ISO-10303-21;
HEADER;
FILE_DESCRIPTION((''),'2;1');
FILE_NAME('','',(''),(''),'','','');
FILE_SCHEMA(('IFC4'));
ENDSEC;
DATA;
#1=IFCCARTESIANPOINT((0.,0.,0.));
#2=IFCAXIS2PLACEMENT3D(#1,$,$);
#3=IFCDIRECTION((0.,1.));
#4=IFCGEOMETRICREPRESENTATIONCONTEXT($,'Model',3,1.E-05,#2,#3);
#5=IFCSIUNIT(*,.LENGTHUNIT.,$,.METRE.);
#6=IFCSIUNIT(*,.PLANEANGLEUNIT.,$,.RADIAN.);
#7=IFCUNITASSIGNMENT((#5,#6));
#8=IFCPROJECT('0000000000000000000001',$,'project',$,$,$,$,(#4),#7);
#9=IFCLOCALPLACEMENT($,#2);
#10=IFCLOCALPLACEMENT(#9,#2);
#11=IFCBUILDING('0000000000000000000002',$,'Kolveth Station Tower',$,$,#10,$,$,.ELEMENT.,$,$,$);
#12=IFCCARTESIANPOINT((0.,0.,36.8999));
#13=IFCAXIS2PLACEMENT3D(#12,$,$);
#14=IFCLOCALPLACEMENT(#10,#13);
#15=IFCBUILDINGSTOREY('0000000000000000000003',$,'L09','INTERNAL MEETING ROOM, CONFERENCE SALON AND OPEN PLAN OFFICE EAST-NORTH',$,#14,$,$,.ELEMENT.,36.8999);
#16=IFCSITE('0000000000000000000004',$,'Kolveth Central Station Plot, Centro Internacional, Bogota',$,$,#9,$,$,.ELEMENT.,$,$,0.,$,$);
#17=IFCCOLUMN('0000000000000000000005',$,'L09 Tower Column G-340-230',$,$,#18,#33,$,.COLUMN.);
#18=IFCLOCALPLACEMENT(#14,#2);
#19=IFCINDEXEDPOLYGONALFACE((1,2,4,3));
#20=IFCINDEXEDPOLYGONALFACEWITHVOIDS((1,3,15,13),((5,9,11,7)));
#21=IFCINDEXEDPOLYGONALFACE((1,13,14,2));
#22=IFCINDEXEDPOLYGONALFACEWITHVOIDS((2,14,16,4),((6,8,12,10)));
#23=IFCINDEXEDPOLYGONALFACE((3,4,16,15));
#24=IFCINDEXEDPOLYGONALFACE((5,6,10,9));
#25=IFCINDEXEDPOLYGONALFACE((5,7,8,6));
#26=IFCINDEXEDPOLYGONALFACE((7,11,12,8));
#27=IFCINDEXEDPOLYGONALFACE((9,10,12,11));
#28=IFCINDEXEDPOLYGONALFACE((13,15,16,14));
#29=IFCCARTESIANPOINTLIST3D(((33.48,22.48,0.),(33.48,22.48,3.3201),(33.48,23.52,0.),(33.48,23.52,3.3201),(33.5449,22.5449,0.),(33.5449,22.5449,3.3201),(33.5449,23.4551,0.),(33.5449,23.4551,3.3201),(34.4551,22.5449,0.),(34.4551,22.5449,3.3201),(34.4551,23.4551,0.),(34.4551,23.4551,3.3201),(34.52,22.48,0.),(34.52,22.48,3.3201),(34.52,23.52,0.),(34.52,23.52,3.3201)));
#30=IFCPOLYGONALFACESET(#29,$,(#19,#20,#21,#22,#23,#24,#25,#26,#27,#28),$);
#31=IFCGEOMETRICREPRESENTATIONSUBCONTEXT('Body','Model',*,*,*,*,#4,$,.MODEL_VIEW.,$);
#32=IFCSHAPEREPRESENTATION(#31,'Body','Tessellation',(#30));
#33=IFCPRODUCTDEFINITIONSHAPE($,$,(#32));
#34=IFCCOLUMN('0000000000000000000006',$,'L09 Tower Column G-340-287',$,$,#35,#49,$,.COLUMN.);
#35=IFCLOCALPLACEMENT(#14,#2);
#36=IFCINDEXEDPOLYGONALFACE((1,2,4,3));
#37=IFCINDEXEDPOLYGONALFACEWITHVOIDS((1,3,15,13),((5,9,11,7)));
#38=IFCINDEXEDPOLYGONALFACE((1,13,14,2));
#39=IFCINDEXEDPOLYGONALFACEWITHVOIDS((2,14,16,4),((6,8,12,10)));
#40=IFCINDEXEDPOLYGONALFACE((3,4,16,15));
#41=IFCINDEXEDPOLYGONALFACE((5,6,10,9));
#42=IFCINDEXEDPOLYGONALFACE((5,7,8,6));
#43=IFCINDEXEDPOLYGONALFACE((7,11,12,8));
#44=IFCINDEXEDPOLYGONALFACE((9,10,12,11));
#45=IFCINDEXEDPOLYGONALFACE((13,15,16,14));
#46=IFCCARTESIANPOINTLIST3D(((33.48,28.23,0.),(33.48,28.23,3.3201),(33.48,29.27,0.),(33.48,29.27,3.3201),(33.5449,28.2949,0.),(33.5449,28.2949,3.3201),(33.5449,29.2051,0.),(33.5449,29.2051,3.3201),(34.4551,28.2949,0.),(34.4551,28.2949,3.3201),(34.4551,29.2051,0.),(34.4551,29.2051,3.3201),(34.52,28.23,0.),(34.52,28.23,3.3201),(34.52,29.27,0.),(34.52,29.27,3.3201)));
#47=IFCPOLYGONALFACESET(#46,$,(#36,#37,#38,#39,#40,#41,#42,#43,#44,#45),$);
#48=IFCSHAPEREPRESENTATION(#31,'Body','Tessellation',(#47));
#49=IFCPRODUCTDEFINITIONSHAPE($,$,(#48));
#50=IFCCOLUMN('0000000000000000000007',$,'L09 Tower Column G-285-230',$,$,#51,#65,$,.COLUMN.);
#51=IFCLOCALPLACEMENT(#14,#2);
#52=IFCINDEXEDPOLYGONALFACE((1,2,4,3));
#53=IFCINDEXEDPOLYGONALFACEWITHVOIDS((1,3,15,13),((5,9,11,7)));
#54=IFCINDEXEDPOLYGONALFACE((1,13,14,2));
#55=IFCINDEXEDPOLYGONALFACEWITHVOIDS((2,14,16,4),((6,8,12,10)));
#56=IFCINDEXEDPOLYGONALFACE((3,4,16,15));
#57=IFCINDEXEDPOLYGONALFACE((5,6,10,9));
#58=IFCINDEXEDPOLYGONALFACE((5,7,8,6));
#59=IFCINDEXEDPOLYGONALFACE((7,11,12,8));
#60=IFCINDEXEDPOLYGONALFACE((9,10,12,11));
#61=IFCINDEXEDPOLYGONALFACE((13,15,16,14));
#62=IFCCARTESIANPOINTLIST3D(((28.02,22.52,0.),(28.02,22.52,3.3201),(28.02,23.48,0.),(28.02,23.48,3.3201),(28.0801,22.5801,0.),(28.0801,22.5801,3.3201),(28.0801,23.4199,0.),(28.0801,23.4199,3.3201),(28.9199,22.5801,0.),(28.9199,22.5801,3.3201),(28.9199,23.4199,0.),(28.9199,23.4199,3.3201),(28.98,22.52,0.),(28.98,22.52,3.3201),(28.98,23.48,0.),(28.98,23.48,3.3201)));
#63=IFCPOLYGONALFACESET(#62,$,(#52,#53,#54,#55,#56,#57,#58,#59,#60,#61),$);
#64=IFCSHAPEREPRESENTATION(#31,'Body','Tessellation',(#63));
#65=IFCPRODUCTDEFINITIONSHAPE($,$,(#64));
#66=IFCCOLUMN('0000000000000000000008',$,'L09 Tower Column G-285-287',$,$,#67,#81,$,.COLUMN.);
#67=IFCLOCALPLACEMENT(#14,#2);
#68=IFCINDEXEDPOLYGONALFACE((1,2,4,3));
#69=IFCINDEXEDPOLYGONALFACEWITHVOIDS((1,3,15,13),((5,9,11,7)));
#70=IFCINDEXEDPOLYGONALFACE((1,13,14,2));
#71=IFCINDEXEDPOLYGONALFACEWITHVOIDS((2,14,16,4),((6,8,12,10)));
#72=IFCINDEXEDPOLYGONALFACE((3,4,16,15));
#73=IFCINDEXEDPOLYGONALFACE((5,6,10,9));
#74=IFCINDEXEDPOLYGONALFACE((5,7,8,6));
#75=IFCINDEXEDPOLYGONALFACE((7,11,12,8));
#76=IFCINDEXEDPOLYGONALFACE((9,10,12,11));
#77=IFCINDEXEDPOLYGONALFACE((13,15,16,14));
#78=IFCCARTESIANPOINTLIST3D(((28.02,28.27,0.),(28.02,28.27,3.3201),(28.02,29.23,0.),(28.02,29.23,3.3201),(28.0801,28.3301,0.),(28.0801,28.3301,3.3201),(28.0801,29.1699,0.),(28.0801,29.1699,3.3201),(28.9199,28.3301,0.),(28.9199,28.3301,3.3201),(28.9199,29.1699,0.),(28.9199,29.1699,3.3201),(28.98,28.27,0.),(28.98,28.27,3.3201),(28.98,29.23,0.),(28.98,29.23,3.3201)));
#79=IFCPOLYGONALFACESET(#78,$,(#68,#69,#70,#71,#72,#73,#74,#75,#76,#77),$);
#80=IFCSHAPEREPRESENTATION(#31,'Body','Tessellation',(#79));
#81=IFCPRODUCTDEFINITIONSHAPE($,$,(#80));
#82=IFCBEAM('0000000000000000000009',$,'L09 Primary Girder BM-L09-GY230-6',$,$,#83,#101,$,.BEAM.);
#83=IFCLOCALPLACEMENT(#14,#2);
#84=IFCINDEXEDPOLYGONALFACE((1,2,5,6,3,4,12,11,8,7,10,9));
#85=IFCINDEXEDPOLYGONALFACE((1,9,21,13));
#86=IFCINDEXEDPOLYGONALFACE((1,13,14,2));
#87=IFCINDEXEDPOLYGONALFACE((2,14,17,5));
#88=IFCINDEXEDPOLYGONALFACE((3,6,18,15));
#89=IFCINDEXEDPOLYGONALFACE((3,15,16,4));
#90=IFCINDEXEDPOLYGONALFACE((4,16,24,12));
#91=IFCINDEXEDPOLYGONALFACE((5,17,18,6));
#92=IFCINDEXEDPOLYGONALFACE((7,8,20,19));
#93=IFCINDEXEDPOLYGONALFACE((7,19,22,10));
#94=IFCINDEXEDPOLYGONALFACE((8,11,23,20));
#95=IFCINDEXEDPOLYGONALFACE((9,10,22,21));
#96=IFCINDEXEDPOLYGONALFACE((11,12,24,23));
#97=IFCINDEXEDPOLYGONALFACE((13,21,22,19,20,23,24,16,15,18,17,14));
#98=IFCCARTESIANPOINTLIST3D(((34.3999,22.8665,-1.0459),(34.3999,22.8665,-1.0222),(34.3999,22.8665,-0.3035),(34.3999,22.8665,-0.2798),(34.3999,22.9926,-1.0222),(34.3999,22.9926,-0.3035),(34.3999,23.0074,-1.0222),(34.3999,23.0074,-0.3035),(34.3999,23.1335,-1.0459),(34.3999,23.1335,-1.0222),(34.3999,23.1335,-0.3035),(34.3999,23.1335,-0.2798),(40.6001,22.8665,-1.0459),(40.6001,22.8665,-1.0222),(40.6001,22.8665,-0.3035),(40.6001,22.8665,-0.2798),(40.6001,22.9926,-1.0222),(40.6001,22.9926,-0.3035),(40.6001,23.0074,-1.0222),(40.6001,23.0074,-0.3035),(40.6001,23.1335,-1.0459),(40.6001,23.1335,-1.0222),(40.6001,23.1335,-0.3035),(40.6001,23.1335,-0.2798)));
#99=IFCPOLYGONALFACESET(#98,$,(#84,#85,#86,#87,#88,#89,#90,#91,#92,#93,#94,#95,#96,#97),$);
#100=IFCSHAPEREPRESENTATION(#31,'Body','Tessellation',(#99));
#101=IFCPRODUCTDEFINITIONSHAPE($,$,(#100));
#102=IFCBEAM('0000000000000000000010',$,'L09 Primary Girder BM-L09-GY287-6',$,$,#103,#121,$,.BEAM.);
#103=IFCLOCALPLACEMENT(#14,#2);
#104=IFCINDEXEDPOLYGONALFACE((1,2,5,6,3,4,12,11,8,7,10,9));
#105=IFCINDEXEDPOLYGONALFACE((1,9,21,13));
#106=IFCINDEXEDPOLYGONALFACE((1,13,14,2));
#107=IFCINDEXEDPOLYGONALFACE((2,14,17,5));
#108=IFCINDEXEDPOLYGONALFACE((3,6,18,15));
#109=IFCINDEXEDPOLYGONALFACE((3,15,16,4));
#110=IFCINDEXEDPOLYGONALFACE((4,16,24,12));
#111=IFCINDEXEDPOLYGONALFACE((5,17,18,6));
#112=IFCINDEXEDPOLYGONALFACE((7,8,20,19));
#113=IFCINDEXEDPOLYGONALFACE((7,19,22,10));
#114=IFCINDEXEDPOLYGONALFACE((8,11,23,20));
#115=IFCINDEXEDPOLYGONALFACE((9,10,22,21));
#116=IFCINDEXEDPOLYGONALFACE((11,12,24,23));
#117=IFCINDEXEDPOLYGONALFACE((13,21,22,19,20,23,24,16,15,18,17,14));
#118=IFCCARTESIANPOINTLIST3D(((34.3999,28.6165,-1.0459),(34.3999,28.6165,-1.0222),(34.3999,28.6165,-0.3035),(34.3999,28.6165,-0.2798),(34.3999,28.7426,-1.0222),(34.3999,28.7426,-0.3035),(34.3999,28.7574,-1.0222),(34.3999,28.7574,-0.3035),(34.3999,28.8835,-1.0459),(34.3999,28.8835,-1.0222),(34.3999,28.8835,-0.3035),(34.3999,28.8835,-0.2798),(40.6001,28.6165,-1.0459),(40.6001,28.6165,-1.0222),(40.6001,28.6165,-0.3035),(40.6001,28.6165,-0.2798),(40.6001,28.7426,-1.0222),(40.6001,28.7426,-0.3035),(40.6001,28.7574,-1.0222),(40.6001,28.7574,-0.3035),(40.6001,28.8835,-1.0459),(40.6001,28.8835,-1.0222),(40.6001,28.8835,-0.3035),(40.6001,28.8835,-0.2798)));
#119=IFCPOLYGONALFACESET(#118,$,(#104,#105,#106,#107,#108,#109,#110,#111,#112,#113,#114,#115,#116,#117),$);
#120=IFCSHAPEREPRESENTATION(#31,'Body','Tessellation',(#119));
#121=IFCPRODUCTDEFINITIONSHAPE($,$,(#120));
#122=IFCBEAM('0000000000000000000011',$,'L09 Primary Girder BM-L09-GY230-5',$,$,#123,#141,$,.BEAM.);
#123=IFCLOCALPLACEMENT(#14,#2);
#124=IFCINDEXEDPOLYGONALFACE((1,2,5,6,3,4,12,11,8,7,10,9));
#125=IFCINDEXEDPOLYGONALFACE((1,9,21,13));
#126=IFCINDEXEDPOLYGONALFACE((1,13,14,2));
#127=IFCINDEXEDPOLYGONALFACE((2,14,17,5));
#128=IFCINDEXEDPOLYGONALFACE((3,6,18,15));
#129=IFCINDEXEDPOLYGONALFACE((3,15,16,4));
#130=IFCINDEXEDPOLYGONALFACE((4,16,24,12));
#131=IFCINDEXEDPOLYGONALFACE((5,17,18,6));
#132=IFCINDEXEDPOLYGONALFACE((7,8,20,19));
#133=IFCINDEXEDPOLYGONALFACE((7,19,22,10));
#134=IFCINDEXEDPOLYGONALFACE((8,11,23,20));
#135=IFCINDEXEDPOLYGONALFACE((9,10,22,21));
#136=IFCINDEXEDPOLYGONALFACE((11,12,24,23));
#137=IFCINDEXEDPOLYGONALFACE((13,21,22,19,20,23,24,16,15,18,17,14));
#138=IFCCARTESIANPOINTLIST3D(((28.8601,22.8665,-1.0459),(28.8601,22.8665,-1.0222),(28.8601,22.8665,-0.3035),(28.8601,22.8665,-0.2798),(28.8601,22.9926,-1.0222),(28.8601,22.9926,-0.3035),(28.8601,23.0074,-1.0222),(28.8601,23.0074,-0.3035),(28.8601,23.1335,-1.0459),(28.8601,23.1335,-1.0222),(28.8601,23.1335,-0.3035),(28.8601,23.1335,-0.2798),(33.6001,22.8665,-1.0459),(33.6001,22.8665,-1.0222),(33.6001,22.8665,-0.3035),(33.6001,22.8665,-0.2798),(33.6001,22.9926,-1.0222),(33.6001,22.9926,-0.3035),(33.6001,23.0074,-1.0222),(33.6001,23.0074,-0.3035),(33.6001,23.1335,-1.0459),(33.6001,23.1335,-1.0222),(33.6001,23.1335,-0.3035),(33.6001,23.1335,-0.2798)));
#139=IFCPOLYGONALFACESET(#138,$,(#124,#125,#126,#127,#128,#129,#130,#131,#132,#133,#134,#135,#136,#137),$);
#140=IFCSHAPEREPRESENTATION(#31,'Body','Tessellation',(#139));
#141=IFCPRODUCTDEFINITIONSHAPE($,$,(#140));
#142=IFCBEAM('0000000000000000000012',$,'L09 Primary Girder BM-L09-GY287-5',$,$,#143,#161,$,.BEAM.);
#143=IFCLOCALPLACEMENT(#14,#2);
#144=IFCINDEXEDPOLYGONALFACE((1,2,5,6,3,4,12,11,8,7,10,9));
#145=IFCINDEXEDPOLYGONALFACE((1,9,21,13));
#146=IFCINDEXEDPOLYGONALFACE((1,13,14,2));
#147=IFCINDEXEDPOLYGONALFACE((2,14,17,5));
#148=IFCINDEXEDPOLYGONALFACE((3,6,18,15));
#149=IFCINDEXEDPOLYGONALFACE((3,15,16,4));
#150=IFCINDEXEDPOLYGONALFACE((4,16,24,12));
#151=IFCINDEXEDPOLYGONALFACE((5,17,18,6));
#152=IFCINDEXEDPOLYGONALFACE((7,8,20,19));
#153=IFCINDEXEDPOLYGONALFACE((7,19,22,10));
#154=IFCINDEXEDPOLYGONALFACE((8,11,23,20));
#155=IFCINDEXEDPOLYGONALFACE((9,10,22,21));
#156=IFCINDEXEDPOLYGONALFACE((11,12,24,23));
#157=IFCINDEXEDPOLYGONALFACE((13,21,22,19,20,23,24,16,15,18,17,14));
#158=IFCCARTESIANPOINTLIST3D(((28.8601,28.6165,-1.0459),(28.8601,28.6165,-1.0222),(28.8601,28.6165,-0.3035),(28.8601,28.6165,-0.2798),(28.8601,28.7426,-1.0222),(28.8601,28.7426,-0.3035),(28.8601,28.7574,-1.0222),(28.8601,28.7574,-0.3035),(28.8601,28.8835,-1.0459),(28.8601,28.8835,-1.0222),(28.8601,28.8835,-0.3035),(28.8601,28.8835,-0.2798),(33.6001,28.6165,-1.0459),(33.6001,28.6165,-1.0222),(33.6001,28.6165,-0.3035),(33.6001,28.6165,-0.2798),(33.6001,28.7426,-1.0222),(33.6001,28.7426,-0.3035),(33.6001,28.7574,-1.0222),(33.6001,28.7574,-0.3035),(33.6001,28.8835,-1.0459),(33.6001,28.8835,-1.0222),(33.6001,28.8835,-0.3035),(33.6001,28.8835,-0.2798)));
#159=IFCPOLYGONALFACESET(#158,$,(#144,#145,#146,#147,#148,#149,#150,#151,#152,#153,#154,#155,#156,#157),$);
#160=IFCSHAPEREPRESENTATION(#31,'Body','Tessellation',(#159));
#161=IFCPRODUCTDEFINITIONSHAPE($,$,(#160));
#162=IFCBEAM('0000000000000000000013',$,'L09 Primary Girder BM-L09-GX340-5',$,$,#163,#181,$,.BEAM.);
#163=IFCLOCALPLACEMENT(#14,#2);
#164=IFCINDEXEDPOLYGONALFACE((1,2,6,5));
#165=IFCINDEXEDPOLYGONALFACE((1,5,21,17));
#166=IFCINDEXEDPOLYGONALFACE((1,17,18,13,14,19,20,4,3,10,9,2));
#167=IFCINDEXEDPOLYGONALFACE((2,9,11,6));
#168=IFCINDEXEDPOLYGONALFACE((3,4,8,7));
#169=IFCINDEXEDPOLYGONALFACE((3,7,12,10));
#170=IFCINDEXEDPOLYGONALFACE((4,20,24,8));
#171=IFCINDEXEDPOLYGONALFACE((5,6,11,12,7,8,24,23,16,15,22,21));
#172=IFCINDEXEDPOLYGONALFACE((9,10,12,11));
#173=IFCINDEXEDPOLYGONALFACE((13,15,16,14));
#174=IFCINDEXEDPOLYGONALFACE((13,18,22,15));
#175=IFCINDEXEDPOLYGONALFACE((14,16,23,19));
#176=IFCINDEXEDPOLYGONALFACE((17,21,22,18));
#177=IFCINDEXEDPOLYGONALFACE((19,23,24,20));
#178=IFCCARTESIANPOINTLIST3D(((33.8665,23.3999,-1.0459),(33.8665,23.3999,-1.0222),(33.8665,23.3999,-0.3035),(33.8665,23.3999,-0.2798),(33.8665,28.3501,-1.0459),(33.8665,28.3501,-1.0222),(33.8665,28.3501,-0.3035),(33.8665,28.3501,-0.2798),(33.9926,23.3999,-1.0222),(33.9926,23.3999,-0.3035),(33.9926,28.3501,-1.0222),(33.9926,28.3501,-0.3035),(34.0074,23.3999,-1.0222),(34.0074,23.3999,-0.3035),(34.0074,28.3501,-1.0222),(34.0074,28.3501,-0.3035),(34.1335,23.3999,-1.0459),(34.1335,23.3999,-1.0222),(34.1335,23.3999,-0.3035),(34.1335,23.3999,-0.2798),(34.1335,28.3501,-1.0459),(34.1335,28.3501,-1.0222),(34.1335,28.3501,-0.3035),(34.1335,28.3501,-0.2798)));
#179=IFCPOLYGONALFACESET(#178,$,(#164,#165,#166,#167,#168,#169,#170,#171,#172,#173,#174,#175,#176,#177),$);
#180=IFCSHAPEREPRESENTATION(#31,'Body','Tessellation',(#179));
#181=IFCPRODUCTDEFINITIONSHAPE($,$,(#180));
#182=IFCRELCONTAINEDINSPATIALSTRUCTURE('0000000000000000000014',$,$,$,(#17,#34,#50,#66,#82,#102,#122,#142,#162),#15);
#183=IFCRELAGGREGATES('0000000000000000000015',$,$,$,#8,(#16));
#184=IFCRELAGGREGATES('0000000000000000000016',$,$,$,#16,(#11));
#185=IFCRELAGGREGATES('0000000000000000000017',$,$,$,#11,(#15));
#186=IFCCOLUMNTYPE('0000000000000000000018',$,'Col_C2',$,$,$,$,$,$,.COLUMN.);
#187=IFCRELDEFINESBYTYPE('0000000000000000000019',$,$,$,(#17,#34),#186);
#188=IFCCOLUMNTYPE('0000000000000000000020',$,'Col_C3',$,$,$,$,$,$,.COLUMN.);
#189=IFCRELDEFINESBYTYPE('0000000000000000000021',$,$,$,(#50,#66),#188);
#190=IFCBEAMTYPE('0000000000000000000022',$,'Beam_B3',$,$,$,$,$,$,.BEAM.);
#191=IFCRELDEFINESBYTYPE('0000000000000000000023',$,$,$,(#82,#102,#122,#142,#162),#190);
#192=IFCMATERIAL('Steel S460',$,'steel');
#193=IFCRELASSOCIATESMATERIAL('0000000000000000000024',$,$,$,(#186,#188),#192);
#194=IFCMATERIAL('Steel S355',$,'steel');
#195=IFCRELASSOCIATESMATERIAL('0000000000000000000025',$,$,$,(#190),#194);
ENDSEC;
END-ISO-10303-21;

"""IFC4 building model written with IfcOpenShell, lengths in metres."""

from ifc_helpers import new_model, si_unit, direction, frame, origin, origin_2d, place, context, subcontext, project, spatial, hollow_rectangle, i_section, extrude, source, transform, mapped, material, material_profile, profile_set, type_object, element, save


model = new_model("IFC4")

# Units and contexts
model_context = context("Model", 3, precision=1e-05, world=origin(), true_north=direction((0.0, 1.0)))
body_context = subcontext(model_context, "Body", "Model", "MODEL_VIEW")
ifc_project = project(units=[si_unit("LENGTHUNIT", "METRE"), si_unit("PLANEANGLEUNIT", "RADIAN")], contexts=[model_context])

# Site, building, storey
site_placement = place(None, origin())
site = spatial("IfcSite", under=ifc_project, at=site_placement, Name="Kolveth Central Station Plot, Centro Internacional, Bogota", CompositionType="ELEMENT", RefElevation=0.0)
building_placement = place(site_placement, origin())
building = spatial("IfcBuilding", under=site, at=building_placement, Name="Kolveth Station Tower", CompositionType="ELEMENT")
storey_placement = place(building_placement, frame((0.0, 0.0, 36.8999)))
storey = spatial("IfcBuildingStorey", under=building, at=storey_placement, Name="L09", Description="INTERNAL MEETING ROOM, CONFERENCE SALON AND OPEN PLAN OFFICE EAST-NORTH", CompositionType="ELEMENT", Elevation=36.8999)

# Columns
ifc_material_1 = material(Name="Steel S460", Category="steel")
ifc_material_profile_1 = material_profile(ifc_material_1, hollow_rectangle(XDim=1.04, YDim=1.04, WallThickness=0.0649, at=origin_2d()), Name="BOX1040x1040x65")
ifc_profile_set_1 = profile_set([ifc_material_profile_1], Name="Steel S460")
column_type_1 = type_object("IfcColumnType", Name="Col_C2", PredefinedType="COLUMN", material=ifc_profile_set_1)
shared_shape_1 = source(origin(), body_context, "Body", "SweptSolid", [
    extrude(hollow_rectangle(XDim=1.04, YDim=1.04, WallThickness=0.0649, at=origin_2d()), origin(), (0.0, 0.0, 1.0), 3.3201),
])
for number, where, z_axis, x_axis, name in (
    (1, (34.0, 23.0, 0.0), (0.0, 0.0, 1.0), (1.0, 0.0, 0.0), "L09 Tower Column G-340-230"),
    (2, (34.0, 28.75, 0.0), (0.0, 0.0, 1.0), (1.0, 0.0, 0.0), "L09 Tower Column G-340-287"),
):
    element("IfcColumn", number, at=place(storey_placement, frame(where, z_axis=z_axis, x_axis=x_axis)), inside=storey, type_object=column_type_1, Name=name, PredefinedType="COLUMN", context=body_context, shape_type="MappedRepresentation", body=[
        mapped(shared_shape_1, transform((0.0, 0.0, 0.0), x_axis=(1.0, 0.0, 0.0), y_axis=(0.0, 1.0, 0.0), z_axis=(0.0, 0.0, 1.0), scale=1.0)),
    ])
ifc_material_profile_2 = material_profile(ifc_material_1, hollow_rectangle(XDim=0.96, YDim=0.96, WallThickness=0.0601, at=origin_2d()), Name="BOX960x960x60")
ifc_profile_set_2 = profile_set([ifc_material_profile_2], Name="Steel S460")
column_type_2 = type_object("IfcColumnType", Name="Col_C3", PredefinedType="COLUMN", material=ifc_profile_set_2)
shared_shape_2 = source(origin(), body_context, "Body", "SweptSolid", [
    extrude(hollow_rectangle(XDim=0.96, YDim=0.96, WallThickness=0.0601, at=origin_2d()), origin(), (0.0, 0.0, 1.0), 3.3201),
])
for number, where, z_axis, x_axis, name in (
    (3, (28.5, 23.0, 0.0), (0.0, 0.0, 1.0), (1.0, 0.0, 0.0), "L09 Tower Column G-285-230"),
    (4, (28.5, 28.75, 0.0), (0.0, 0.0, 1.0), (1.0, 0.0, 0.0), "L09 Tower Column G-285-287"),
):
    element("IfcColumn", number, at=place(storey_placement, frame(where, z_axis=z_axis, x_axis=x_axis)), inside=storey, type_object=column_type_2, Name=name, PredefinedType="COLUMN", context=body_context, shape_type="MappedRepresentation", body=[
        mapped(shared_shape_2, transform((0.0, 0.0, 0.0), x_axis=(1.0, 0.0, 0.0), y_axis=(0.0, 1.0, 0.0), z_axis=(0.0, 0.0, 1.0), scale=1.0)),
    ])

# Beams
ifc_material_2 = material(Name="Steel S355", Category="steel")
ifc_material_profile_3 = material_profile(ifc_material_2, i_section(OverallWidth=0.2671, OverallDepth=0.7661, WebThickness=0.0149, FlangeThickness=0.0237, at=origin_2d()), Name="W760x185")
ifc_profile_set_3 = profile_set([ifc_material_profile_3], Name="Steel S355")
beam_type_1 = type_object("IfcBeamType", Name="Beam_B3", PredefinedType="BEAM", material=ifc_profile_set_3)
shared_shape_3 = source(origin(), body_context, "Body", "SweptSolid", [
    extrude(i_section(OverallWidth=0.2671, OverallDepth=0.7661, WebThickness=0.0149, FlangeThickness=0.0237, at=origin_2d()), origin(), (0.0, 0.0, 1.0), 6.2002),
])
for number, where, z_axis, x_axis, name in (
    (5, (34.3999, 23.0, -0.6628), (1.0, 0.0, 0.0), (0.0, 1.0, 0.0), "L09 Primary Girder BM-L09-GY230-6"),
    (6, (34.3999, 28.75, -0.6628), (1.0, 0.0, 0.0), (0.0, 1.0, 0.0), "L09 Primary Girder BM-L09-GY287-6"),
):
    element("IfcBeam", number, at=place(storey_placement, frame(where, z_axis=z_axis, x_axis=x_axis)), inside=storey, type_object=beam_type_1, Name=name, PredefinedType="BEAM", context=body_context, shape_type="MappedRepresentation", body=[
        mapped(shared_shape_3, transform((0.0, 0.0, 0.0), x_axis=(1.0, 0.0, 0.0), y_axis=(0.0, 1.0, 0.0), z_axis=(0.0, 0.0, 1.0), scale=1.0)),
    ])
shared_shape_4 = source(origin(), body_context, "Body", "SweptSolid", [
    extrude(i_section(OverallWidth=0.2671, OverallDepth=0.7661, WebThickness=0.0149, FlangeThickness=0.0237, at=origin_2d()), origin(), (0.0, 0.0, 1.0), 4.74),
])
for number, where, z_axis, x_axis, name in (
    (7, (28.8601, 23.0, -0.6628), (1.0, 0.0, 0.0), (0.0, 1.0, 0.0), "L09 Primary Girder BM-L09-GY230-5"),
    (8, (28.8601, 28.75, -0.6628), (1.0, 0.0, 0.0), (0.0, 1.0, 0.0), "L09 Primary Girder BM-L09-GY287-5"),
):
    element("IfcBeam", number, at=place(storey_placement, frame(where, z_axis=z_axis, x_axis=x_axis)), inside=storey, type_object=beam_type_1, Name=name, PredefinedType="BEAM", context=body_context, shape_type="MappedRepresentation", body=[
        mapped(shared_shape_4, transform((0.0, 0.0, 0.0), x_axis=(1.0, 0.0, 0.0), y_axis=(0.0, 1.0, 0.0), z_axis=(0.0, 0.0, 1.0), scale=1.0)),
    ])
shared_shape_5 = source(origin(), body_context, "Body", "SweptSolid", [
    extrude(i_section(OverallWidth=0.2671, OverallDepth=0.7661, WebThickness=0.0149, FlangeThickness=0.0237, at=origin_2d()), origin(), (0.0, 0.0, 1.0), 4.9502),
])
beam_1_placement = place(storey_placement, frame((34.0, 23.3999, -0.6628), z_axis=(0.0, 1.0, 0.0), x_axis=(-1.0, 0.0, 0.0)))
element("IfcBeam", 9, at=beam_1_placement, inside=storey, type_object=beam_type_1, Name="L09 Primary Girder BM-L09-GX340-5", PredefinedType="BEAM", context=body_context, shape_type="MappedRepresentation", body=[
    mapped(shared_shape_5, transform((0.0, 0.0, 0.0), x_axis=(1.0, 0.0, 0.0), y_axis=(0.0, 1.0, 0.0), z_axis=(0.0, 0.0, 1.0), scale=1.0)),
])

save(model, "model.ifc")
